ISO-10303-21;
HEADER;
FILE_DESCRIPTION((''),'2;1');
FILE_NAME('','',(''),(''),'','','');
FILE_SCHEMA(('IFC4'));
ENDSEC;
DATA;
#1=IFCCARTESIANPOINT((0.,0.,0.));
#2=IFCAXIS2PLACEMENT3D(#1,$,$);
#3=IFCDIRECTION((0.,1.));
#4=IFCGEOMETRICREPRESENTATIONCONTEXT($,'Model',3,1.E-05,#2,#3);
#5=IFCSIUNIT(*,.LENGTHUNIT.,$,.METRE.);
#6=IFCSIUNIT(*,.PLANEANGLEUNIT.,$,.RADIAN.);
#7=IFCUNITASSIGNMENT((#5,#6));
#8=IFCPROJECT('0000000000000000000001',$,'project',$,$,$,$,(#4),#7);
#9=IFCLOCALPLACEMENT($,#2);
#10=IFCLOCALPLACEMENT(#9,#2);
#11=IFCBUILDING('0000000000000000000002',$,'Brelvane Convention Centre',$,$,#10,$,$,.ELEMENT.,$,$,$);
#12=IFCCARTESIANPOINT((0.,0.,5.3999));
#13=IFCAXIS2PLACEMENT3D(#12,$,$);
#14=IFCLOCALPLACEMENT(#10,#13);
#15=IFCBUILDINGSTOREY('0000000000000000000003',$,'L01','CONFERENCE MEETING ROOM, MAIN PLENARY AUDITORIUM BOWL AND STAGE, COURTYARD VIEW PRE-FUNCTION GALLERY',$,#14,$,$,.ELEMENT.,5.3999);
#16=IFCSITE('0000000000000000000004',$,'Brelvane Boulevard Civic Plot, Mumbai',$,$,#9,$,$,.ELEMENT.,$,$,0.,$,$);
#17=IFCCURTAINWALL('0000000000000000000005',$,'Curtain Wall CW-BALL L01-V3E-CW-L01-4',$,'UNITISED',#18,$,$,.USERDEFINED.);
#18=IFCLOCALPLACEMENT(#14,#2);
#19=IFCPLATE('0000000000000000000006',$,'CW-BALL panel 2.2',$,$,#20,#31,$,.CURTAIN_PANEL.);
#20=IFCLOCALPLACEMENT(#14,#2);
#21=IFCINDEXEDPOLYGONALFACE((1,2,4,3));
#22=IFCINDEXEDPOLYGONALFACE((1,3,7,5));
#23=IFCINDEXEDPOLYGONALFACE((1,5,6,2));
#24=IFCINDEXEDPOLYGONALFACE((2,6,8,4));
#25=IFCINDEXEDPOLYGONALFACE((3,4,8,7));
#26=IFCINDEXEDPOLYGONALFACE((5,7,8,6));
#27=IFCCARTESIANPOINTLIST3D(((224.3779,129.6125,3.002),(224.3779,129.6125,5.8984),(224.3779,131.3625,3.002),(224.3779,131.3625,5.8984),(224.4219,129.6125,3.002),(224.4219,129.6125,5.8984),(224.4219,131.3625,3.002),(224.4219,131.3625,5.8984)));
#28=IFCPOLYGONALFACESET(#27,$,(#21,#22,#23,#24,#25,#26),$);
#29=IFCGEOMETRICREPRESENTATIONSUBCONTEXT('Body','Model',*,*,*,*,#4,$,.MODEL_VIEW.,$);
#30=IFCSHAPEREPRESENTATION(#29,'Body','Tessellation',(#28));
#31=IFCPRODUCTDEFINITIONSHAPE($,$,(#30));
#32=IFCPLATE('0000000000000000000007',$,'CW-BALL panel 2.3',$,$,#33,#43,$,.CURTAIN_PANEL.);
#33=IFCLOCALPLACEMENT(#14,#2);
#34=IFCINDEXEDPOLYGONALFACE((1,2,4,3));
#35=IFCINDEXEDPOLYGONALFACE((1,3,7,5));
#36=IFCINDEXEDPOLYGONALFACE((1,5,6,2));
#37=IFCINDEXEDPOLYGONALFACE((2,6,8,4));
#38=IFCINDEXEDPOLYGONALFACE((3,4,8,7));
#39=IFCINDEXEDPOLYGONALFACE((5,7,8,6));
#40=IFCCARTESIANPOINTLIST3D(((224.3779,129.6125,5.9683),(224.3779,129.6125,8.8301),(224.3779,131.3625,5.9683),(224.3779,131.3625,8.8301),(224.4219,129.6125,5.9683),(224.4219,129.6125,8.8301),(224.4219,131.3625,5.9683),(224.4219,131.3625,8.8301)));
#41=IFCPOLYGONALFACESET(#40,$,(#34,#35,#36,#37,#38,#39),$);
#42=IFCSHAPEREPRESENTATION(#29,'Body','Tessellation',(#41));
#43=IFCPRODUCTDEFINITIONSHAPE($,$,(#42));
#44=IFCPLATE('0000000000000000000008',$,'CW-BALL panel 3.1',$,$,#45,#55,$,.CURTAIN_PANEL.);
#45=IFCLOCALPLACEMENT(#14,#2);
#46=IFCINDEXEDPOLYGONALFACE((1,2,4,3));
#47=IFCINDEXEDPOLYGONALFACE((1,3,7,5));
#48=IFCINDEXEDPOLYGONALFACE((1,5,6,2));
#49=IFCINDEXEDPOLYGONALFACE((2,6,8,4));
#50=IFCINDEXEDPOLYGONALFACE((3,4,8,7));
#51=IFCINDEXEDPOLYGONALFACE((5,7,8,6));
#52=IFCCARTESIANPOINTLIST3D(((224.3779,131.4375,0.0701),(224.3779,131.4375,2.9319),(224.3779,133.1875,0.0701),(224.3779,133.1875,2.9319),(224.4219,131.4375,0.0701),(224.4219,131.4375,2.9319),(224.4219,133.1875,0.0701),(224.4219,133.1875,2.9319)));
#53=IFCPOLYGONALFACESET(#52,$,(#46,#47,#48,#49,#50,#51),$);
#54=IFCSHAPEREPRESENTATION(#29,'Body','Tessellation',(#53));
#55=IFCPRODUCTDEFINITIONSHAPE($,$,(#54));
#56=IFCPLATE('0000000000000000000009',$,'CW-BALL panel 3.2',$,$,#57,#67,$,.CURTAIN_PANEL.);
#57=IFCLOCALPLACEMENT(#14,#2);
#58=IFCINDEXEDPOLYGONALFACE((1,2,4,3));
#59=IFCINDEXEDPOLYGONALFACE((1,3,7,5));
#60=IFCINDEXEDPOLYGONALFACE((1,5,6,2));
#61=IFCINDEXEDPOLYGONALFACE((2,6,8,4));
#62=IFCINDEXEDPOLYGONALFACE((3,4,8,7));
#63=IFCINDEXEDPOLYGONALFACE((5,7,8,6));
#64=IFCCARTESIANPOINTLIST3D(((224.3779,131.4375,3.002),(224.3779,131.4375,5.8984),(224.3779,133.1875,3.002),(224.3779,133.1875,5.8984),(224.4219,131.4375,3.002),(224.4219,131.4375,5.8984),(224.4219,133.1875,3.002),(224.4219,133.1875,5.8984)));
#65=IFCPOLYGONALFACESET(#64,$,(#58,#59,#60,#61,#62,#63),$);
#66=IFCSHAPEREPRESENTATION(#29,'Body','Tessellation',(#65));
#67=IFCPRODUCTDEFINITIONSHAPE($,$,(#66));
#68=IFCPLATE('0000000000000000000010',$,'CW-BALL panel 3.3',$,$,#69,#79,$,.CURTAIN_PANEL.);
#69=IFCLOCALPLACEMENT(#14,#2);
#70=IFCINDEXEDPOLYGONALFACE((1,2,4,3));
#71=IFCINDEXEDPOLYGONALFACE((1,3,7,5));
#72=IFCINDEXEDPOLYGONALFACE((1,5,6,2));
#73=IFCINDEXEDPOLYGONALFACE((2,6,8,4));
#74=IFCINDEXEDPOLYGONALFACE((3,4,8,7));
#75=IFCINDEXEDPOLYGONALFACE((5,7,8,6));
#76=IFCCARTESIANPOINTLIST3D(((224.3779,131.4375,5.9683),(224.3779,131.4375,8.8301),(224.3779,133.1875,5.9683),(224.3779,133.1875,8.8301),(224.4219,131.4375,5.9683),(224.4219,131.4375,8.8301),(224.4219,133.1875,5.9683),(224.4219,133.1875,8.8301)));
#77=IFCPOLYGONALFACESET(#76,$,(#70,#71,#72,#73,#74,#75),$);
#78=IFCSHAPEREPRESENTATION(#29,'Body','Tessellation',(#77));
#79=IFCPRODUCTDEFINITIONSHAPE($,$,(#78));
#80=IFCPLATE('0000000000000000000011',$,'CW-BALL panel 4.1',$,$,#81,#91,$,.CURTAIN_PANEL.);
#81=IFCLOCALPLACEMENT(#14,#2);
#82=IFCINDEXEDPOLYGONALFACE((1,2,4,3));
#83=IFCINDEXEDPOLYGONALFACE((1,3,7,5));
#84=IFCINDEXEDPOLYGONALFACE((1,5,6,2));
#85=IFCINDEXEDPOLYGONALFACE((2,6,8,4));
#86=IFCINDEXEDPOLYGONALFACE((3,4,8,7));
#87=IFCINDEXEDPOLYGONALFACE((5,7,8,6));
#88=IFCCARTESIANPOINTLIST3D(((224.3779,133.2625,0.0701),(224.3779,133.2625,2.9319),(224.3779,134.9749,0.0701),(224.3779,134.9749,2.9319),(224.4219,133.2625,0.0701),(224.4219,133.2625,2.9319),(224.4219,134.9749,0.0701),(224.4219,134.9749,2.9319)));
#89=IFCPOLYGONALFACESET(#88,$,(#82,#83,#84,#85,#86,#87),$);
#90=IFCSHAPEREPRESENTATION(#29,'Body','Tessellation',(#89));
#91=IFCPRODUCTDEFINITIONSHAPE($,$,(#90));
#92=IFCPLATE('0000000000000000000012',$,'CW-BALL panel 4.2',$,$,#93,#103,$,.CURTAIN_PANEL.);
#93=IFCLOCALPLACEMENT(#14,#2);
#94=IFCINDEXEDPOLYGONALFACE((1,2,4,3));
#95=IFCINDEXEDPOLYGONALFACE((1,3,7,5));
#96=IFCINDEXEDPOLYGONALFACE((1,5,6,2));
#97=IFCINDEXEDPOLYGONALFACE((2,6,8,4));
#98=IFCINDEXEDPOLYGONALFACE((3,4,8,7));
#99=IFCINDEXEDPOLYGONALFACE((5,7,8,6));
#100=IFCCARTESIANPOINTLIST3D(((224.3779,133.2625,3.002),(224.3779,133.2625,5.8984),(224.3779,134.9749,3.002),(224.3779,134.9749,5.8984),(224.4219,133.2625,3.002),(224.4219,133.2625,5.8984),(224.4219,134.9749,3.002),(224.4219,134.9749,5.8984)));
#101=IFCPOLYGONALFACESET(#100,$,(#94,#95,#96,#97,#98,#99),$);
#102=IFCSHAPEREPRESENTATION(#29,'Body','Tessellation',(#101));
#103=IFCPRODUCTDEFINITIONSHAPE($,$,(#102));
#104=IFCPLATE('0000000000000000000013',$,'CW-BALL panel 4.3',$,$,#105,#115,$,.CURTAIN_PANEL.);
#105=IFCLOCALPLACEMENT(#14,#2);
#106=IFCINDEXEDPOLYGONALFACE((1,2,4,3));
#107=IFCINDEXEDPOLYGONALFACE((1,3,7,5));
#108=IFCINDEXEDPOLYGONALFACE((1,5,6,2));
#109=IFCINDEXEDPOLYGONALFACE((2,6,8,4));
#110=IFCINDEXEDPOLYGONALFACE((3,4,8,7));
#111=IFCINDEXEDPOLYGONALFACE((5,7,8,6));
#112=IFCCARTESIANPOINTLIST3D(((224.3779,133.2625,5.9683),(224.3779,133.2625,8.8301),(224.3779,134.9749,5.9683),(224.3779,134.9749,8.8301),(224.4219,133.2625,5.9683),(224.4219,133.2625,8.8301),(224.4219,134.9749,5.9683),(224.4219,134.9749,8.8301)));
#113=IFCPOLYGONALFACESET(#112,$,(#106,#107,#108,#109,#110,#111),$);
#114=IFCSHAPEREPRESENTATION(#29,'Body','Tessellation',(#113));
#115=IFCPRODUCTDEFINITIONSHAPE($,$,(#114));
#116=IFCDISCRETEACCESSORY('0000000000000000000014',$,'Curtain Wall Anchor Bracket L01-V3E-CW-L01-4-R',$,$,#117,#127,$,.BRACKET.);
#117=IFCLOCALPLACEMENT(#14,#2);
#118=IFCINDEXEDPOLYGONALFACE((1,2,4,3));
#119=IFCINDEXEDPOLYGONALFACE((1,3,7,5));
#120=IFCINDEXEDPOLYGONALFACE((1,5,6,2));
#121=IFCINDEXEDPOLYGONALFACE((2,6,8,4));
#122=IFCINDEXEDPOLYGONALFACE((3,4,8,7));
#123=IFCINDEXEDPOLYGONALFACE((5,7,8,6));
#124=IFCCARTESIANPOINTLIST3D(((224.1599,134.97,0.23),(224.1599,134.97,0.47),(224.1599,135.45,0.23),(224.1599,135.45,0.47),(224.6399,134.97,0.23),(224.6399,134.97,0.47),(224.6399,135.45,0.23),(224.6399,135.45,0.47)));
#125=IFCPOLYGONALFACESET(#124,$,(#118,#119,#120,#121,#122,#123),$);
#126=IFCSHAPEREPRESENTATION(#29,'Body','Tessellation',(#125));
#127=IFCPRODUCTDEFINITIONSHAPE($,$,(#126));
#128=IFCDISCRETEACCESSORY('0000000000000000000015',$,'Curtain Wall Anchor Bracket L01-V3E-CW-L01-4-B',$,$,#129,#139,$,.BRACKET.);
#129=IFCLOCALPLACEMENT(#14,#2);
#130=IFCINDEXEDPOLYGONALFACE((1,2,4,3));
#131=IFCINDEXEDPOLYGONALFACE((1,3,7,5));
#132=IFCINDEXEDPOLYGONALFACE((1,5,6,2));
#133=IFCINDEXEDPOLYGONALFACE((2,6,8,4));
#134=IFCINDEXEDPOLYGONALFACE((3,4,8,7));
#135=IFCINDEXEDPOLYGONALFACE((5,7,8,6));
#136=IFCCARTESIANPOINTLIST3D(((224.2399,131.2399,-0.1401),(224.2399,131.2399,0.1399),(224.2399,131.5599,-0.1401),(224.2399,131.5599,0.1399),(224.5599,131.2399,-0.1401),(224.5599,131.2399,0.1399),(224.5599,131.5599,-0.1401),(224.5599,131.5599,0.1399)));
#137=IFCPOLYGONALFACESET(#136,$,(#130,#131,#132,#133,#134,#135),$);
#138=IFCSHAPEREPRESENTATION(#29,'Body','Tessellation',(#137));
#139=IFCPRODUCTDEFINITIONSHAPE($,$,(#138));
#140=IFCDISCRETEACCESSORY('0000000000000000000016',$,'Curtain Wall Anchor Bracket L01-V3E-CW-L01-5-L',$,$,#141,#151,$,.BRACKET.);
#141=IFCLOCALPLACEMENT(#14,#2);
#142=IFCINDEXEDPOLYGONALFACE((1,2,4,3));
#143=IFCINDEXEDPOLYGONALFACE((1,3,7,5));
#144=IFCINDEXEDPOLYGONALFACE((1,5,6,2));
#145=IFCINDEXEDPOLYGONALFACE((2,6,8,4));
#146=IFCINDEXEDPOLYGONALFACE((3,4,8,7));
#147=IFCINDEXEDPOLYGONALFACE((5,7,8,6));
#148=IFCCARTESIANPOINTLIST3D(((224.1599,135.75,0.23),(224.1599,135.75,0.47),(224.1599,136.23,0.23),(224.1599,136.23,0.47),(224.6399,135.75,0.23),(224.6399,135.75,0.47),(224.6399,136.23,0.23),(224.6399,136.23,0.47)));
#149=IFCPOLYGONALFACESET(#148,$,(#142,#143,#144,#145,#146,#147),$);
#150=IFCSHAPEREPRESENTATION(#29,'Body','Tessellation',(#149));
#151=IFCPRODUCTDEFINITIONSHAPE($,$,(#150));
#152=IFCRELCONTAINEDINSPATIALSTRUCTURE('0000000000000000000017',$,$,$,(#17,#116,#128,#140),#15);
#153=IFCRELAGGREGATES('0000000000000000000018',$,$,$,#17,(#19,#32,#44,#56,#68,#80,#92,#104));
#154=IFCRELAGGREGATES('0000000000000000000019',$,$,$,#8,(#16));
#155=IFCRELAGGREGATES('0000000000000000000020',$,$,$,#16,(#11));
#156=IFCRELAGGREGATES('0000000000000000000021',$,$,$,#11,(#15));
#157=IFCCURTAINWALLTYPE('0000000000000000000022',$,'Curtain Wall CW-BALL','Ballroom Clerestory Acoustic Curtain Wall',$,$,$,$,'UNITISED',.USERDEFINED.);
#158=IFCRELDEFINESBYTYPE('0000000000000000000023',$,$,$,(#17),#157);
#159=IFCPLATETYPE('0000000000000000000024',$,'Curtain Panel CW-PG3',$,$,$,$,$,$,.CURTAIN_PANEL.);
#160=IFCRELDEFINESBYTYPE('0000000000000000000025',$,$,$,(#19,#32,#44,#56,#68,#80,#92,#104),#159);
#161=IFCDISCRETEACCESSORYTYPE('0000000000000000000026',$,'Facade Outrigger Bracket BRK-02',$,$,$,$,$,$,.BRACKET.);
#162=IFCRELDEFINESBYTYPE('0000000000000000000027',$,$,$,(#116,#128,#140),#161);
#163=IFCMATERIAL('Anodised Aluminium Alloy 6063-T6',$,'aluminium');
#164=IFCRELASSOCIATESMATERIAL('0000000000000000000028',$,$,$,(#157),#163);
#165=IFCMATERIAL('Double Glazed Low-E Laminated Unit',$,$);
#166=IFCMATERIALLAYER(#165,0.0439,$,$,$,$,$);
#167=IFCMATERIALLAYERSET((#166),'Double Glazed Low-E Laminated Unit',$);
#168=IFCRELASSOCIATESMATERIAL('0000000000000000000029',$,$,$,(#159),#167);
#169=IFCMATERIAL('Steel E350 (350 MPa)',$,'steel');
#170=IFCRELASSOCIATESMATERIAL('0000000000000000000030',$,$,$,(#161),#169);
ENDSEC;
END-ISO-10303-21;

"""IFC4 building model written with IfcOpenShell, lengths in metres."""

from ifc_helpers import new_model, si_unit, direction, frame, origin, origin_2d, place, context, subcontext, project, spatial, rectangle, extrude, material, layer, layer_set, type_object, element, aggregate, save


model = new_model("IFC4")

# Units and contexts
model_context = context("Model", 3, precision=1e-05, world=origin(), true_north=direction((0.0, 1.0)))
body_context = subcontext(model_context, "Body", "Model", "MODEL_VIEW")
ifc_project = project(units=[si_unit("LENGTHUNIT", "METRE"), si_unit("PLANEANGLEUNIT", "RADIAN")], contexts=[model_context])

# Site, building, storey
site_placement = place(None, origin())
site = spatial("IfcSite", under=ifc_project, at=site_placement, Name="Brelvane Boulevard Civic Plot, Mumbai", CompositionType="ELEMENT", RefElevation=0.0)
building_placement = place(site_placement, origin())
building = spatial("IfcBuilding", under=site, at=building_placement, Name="Brelvane Convention Centre", CompositionType="ELEMENT")
storey_placement = place(building_placement, frame((0.0, 0.0, 5.3999)))
storey = spatial("IfcBuildingStorey", under=building, at=storey_placement, Name="L01", Description="CONFERENCE MEETING ROOM, MAIN PLENARY AUDITORIUM BOWL AND STAGE, COURTYARD VIEW PRE-FUNCTION GALLERY", CompositionType="ELEMENT", Elevation=5.3999)

# Curtain wall
ifc_material_1 = material(Name="Anodised Aluminium Alloy 6063-T6", Category="aluminium")
curtain_wall_type = type_object("IfcCurtainWallType", Name="Curtain Wall CW-BALL", Description="Ballroom Clerestory Acoustic Curtain Wall", ElementType="UNITISED", PredefinedType="USERDEFINED", material=ifc_material_1)
curtain_wall_1_placement = place(storey_placement, origin())
curtain_wall_1 = element("IfcCurtainWall", 1, at=curtain_wall_1_placement, inside=storey, type_object=curtain_wall_type, Name="Curtain Wall CW-BALL L01-V3E-CW-L01-4", ObjectType="UNITISED", PredefinedType="USERDEFINED")

# Plates
ifc_material_2 = material(Name="Double Glazed Low-E Laminated Unit")
ifc_layer = layer(ifc_material_2, 0.0439)
ifc_layer_set = layer_set([ifc_layer], Name="Double Glazed Low-E Laminated Unit")
plate_type = type_object("IfcPlateType", Name="Curtain Panel CW-PG3", PredefinedType="CURTAIN_PANEL", material=ifc_layer_set)
plate_1_placement = place(storey_placement, frame((224.3999, 130.4875, 3.002), z_axis=(0.0, 0.0, 1.0), x_axis=(0.0, 1.0, 0.0)))
plate_1 = element("IfcPlate", 2, at=plate_1_placement, type_object=plate_type, Name="CW-BALL panel 2.2", PredefinedType="CURTAIN_PANEL", context=body_context, shape_type="SweptSolid", body=[
    extrude(rectangle(XDim=1.75, YDim=0.0439, at=origin_2d()), origin(), (0.0, 0.0, 1.0), 2.8965),
])
plate_2_placement = place(storey_placement, frame((224.3999, 130.4875, 5.9683), z_axis=(0.0, 0.0, 1.0), x_axis=(0.0, 1.0, 0.0)))
plate_2 = element("IfcPlate", 3, at=plate_2_placement, type_object=plate_type, Name="CW-BALL panel 2.3", PredefinedType="CURTAIN_PANEL", context=body_context, shape_type="SweptSolid", body=[
    extrude(rectangle(XDim=1.75, YDim=0.0439, at=origin_2d()), origin(), (0.0, 0.0, 1.0), 2.8618),
])
plate_3_placement = place(storey_placement, frame((224.3999, 132.3125, 0.0701), z_axis=(0.0, 0.0, 1.0), x_axis=(0.0, 1.0, 0.0)))
plate_3 = element("IfcPlate", 4, at=plate_3_placement, type_object=plate_type, Name="CW-BALL panel 3.1", PredefinedType="CURTAIN_PANEL", context=body_context, shape_type="SweptSolid", body=[
    extrude(rectangle(XDim=1.75, YDim=0.0439, at=origin_2d()), origin(), (0.0, 0.0, 1.0), 2.8618),
])
plate_4_placement = place(storey_placement, frame((224.3999, 132.3125, 3.002), z_axis=(0.0, 0.0, 1.0), x_axis=(0.0, 1.0, 0.0)))
plate_4 = element("IfcPlate", 5, at=plate_4_placement, type_object=plate_type, Name="CW-BALL panel 3.2", PredefinedType="CURTAIN_PANEL", context=body_context, shape_type="SweptSolid", body=[
    extrude(rectangle(XDim=1.75, YDim=0.0439, at=origin_2d()), origin(), (0.0, 0.0, 1.0), 2.8965),
])
plate_5_placement = place(storey_placement, frame((224.3999, 132.3125, 5.9683), z_axis=(0.0, 0.0, 1.0), x_axis=(0.0, 1.0, 0.0)))
plate_5 = element("IfcPlate", 6, at=plate_5_placement, type_object=plate_type, Name="CW-BALL panel 3.3", PredefinedType="CURTAIN_PANEL", context=body_context, shape_type="SweptSolid", body=[
    extrude(rectangle(XDim=1.75, YDim=0.0439, at=origin_2d()), origin(), (0.0, 0.0, 1.0), 2.8618),
])
plate_6_placement = place(storey_placement, frame((224.3999, 134.1187, 0.0701), z_axis=(0.0, 0.0, 1.0), x_axis=(0.0, 1.0, 0.0)))
plate_6 = element("IfcPlate", 7, at=plate_6_placement, type_object=plate_type, Name="CW-BALL panel 4.1", PredefinedType="CURTAIN_PANEL", context=body_context, shape_type="SweptSolid", body=[
    extrude(rectangle(XDim=1.7124, YDim=0.0439, at=origin_2d()), origin(), (0.0, 0.0, 1.0), 2.8618),
])
plate_7_placement = place(storey_placement, frame((224.3999, 134.1187, 3.002), z_axis=(0.0, 0.0, 1.0), x_axis=(0.0, 1.0, 0.0)))
plate_7 = element("IfcPlate", 8, at=plate_7_placement, type_object=plate_type, Name="CW-BALL panel 4.2", PredefinedType="CURTAIN_PANEL", context=body_context, shape_type="SweptSolid", body=[
    extrude(rectangle(XDim=1.7124, YDim=0.0439, at=origin_2d()), origin(), (0.0, 0.0, 1.0), 2.8965),
])
plate_8_placement = place(storey_placement, frame((224.3999, 134.1187, 5.9683), z_axis=(0.0, 0.0, 1.0), x_axis=(0.0, 1.0, 0.0)))
plate_8 = element("IfcPlate", 9, at=plate_8_placement, type_object=plate_type, Name="CW-BALL panel 4.3", PredefinedType="CURTAIN_PANEL", context=body_context, shape_type="SweptSolid", body=[
    extrude(rectangle(XDim=1.7124, YDim=0.0439, at=origin_2d()), origin(), (0.0, 0.0, 1.0), 2.8618),
])
aggregate(curtain_wall_1, [plate_1, plate_2, plate_3, plate_4, plate_5, plate_6, plate_7, plate_8])

# Discrete accessories
ifc_material_3 = material(Name="Steel E350 (350 MPa)", Category="steel")
discrete_accessory_type = type_object("IfcDiscreteAccessoryType", Name="Facade Outrigger Bracket BRK-02", PredefinedType="BRACKET", material=ifc_material_3)
discrete_accessory_1_placement = place(storey_placement, frame((224.3999, 135.21, 0.23), z_axis=(0.0, 0.0, 1.0), x_axis=(1.0, 0.0, 0.0)))
element("IfcDiscreteAccessory", 10, at=discrete_accessory_1_placement, inside=storey, type_object=discrete_accessory_type, Name="Curtain Wall Anchor Bracket L01-V3E-CW-L01-4-R", PredefinedType="BRACKET", context=body_context, shape_type="SweptSolid", body=[
    extrude(rectangle(XDim=0.48, YDim=0.48, at=origin_2d()), origin(), (0.0, 0.0, 1.0), 0.24),
])
discrete_accessory_2_placement = place(storey_placement, frame((224.3999, 131.3999, -0.1401), z_axis=(0.0, 0.0, 1.0), x_axis=(1.0, 0.0, 0.0)))
element("IfcDiscreteAccessory", 11, at=discrete_accessory_2_placement, inside=storey, type_object=discrete_accessory_type, Name="Curtain Wall Anchor Bracket L01-V3E-CW-L01-4-B", PredefinedType="BRACKET", context=body_context, shape_type="SweptSolid", body=[
    extrude(rectangle(XDim=0.3201, YDim=0.3201, at=origin_2d()), origin(), (0.0, 0.0, 1.0), 0.28),
])
discrete_accessory_3_placement = place(storey_placement, frame((224.3999, 135.99, 0.23), z_axis=(0.0, 0.0, 1.0), x_axis=(1.0, 0.0, 0.0)))
element("IfcDiscreteAccessory", 12, at=discrete_accessory_3_placement, inside=storey, type_object=discrete_accessory_type, Name="Curtain Wall Anchor Bracket L01-V3E-CW-L01-5-L", PredefinedType="BRACKET", context=body_context, shape_type="SweptSolid", body=[
    extrude(rectangle(XDim=0.48, YDim=0.48, at=origin_2d()), origin(), (0.0, 0.0, 1.0), 0.24),
])

save(model, "model.ifc")
